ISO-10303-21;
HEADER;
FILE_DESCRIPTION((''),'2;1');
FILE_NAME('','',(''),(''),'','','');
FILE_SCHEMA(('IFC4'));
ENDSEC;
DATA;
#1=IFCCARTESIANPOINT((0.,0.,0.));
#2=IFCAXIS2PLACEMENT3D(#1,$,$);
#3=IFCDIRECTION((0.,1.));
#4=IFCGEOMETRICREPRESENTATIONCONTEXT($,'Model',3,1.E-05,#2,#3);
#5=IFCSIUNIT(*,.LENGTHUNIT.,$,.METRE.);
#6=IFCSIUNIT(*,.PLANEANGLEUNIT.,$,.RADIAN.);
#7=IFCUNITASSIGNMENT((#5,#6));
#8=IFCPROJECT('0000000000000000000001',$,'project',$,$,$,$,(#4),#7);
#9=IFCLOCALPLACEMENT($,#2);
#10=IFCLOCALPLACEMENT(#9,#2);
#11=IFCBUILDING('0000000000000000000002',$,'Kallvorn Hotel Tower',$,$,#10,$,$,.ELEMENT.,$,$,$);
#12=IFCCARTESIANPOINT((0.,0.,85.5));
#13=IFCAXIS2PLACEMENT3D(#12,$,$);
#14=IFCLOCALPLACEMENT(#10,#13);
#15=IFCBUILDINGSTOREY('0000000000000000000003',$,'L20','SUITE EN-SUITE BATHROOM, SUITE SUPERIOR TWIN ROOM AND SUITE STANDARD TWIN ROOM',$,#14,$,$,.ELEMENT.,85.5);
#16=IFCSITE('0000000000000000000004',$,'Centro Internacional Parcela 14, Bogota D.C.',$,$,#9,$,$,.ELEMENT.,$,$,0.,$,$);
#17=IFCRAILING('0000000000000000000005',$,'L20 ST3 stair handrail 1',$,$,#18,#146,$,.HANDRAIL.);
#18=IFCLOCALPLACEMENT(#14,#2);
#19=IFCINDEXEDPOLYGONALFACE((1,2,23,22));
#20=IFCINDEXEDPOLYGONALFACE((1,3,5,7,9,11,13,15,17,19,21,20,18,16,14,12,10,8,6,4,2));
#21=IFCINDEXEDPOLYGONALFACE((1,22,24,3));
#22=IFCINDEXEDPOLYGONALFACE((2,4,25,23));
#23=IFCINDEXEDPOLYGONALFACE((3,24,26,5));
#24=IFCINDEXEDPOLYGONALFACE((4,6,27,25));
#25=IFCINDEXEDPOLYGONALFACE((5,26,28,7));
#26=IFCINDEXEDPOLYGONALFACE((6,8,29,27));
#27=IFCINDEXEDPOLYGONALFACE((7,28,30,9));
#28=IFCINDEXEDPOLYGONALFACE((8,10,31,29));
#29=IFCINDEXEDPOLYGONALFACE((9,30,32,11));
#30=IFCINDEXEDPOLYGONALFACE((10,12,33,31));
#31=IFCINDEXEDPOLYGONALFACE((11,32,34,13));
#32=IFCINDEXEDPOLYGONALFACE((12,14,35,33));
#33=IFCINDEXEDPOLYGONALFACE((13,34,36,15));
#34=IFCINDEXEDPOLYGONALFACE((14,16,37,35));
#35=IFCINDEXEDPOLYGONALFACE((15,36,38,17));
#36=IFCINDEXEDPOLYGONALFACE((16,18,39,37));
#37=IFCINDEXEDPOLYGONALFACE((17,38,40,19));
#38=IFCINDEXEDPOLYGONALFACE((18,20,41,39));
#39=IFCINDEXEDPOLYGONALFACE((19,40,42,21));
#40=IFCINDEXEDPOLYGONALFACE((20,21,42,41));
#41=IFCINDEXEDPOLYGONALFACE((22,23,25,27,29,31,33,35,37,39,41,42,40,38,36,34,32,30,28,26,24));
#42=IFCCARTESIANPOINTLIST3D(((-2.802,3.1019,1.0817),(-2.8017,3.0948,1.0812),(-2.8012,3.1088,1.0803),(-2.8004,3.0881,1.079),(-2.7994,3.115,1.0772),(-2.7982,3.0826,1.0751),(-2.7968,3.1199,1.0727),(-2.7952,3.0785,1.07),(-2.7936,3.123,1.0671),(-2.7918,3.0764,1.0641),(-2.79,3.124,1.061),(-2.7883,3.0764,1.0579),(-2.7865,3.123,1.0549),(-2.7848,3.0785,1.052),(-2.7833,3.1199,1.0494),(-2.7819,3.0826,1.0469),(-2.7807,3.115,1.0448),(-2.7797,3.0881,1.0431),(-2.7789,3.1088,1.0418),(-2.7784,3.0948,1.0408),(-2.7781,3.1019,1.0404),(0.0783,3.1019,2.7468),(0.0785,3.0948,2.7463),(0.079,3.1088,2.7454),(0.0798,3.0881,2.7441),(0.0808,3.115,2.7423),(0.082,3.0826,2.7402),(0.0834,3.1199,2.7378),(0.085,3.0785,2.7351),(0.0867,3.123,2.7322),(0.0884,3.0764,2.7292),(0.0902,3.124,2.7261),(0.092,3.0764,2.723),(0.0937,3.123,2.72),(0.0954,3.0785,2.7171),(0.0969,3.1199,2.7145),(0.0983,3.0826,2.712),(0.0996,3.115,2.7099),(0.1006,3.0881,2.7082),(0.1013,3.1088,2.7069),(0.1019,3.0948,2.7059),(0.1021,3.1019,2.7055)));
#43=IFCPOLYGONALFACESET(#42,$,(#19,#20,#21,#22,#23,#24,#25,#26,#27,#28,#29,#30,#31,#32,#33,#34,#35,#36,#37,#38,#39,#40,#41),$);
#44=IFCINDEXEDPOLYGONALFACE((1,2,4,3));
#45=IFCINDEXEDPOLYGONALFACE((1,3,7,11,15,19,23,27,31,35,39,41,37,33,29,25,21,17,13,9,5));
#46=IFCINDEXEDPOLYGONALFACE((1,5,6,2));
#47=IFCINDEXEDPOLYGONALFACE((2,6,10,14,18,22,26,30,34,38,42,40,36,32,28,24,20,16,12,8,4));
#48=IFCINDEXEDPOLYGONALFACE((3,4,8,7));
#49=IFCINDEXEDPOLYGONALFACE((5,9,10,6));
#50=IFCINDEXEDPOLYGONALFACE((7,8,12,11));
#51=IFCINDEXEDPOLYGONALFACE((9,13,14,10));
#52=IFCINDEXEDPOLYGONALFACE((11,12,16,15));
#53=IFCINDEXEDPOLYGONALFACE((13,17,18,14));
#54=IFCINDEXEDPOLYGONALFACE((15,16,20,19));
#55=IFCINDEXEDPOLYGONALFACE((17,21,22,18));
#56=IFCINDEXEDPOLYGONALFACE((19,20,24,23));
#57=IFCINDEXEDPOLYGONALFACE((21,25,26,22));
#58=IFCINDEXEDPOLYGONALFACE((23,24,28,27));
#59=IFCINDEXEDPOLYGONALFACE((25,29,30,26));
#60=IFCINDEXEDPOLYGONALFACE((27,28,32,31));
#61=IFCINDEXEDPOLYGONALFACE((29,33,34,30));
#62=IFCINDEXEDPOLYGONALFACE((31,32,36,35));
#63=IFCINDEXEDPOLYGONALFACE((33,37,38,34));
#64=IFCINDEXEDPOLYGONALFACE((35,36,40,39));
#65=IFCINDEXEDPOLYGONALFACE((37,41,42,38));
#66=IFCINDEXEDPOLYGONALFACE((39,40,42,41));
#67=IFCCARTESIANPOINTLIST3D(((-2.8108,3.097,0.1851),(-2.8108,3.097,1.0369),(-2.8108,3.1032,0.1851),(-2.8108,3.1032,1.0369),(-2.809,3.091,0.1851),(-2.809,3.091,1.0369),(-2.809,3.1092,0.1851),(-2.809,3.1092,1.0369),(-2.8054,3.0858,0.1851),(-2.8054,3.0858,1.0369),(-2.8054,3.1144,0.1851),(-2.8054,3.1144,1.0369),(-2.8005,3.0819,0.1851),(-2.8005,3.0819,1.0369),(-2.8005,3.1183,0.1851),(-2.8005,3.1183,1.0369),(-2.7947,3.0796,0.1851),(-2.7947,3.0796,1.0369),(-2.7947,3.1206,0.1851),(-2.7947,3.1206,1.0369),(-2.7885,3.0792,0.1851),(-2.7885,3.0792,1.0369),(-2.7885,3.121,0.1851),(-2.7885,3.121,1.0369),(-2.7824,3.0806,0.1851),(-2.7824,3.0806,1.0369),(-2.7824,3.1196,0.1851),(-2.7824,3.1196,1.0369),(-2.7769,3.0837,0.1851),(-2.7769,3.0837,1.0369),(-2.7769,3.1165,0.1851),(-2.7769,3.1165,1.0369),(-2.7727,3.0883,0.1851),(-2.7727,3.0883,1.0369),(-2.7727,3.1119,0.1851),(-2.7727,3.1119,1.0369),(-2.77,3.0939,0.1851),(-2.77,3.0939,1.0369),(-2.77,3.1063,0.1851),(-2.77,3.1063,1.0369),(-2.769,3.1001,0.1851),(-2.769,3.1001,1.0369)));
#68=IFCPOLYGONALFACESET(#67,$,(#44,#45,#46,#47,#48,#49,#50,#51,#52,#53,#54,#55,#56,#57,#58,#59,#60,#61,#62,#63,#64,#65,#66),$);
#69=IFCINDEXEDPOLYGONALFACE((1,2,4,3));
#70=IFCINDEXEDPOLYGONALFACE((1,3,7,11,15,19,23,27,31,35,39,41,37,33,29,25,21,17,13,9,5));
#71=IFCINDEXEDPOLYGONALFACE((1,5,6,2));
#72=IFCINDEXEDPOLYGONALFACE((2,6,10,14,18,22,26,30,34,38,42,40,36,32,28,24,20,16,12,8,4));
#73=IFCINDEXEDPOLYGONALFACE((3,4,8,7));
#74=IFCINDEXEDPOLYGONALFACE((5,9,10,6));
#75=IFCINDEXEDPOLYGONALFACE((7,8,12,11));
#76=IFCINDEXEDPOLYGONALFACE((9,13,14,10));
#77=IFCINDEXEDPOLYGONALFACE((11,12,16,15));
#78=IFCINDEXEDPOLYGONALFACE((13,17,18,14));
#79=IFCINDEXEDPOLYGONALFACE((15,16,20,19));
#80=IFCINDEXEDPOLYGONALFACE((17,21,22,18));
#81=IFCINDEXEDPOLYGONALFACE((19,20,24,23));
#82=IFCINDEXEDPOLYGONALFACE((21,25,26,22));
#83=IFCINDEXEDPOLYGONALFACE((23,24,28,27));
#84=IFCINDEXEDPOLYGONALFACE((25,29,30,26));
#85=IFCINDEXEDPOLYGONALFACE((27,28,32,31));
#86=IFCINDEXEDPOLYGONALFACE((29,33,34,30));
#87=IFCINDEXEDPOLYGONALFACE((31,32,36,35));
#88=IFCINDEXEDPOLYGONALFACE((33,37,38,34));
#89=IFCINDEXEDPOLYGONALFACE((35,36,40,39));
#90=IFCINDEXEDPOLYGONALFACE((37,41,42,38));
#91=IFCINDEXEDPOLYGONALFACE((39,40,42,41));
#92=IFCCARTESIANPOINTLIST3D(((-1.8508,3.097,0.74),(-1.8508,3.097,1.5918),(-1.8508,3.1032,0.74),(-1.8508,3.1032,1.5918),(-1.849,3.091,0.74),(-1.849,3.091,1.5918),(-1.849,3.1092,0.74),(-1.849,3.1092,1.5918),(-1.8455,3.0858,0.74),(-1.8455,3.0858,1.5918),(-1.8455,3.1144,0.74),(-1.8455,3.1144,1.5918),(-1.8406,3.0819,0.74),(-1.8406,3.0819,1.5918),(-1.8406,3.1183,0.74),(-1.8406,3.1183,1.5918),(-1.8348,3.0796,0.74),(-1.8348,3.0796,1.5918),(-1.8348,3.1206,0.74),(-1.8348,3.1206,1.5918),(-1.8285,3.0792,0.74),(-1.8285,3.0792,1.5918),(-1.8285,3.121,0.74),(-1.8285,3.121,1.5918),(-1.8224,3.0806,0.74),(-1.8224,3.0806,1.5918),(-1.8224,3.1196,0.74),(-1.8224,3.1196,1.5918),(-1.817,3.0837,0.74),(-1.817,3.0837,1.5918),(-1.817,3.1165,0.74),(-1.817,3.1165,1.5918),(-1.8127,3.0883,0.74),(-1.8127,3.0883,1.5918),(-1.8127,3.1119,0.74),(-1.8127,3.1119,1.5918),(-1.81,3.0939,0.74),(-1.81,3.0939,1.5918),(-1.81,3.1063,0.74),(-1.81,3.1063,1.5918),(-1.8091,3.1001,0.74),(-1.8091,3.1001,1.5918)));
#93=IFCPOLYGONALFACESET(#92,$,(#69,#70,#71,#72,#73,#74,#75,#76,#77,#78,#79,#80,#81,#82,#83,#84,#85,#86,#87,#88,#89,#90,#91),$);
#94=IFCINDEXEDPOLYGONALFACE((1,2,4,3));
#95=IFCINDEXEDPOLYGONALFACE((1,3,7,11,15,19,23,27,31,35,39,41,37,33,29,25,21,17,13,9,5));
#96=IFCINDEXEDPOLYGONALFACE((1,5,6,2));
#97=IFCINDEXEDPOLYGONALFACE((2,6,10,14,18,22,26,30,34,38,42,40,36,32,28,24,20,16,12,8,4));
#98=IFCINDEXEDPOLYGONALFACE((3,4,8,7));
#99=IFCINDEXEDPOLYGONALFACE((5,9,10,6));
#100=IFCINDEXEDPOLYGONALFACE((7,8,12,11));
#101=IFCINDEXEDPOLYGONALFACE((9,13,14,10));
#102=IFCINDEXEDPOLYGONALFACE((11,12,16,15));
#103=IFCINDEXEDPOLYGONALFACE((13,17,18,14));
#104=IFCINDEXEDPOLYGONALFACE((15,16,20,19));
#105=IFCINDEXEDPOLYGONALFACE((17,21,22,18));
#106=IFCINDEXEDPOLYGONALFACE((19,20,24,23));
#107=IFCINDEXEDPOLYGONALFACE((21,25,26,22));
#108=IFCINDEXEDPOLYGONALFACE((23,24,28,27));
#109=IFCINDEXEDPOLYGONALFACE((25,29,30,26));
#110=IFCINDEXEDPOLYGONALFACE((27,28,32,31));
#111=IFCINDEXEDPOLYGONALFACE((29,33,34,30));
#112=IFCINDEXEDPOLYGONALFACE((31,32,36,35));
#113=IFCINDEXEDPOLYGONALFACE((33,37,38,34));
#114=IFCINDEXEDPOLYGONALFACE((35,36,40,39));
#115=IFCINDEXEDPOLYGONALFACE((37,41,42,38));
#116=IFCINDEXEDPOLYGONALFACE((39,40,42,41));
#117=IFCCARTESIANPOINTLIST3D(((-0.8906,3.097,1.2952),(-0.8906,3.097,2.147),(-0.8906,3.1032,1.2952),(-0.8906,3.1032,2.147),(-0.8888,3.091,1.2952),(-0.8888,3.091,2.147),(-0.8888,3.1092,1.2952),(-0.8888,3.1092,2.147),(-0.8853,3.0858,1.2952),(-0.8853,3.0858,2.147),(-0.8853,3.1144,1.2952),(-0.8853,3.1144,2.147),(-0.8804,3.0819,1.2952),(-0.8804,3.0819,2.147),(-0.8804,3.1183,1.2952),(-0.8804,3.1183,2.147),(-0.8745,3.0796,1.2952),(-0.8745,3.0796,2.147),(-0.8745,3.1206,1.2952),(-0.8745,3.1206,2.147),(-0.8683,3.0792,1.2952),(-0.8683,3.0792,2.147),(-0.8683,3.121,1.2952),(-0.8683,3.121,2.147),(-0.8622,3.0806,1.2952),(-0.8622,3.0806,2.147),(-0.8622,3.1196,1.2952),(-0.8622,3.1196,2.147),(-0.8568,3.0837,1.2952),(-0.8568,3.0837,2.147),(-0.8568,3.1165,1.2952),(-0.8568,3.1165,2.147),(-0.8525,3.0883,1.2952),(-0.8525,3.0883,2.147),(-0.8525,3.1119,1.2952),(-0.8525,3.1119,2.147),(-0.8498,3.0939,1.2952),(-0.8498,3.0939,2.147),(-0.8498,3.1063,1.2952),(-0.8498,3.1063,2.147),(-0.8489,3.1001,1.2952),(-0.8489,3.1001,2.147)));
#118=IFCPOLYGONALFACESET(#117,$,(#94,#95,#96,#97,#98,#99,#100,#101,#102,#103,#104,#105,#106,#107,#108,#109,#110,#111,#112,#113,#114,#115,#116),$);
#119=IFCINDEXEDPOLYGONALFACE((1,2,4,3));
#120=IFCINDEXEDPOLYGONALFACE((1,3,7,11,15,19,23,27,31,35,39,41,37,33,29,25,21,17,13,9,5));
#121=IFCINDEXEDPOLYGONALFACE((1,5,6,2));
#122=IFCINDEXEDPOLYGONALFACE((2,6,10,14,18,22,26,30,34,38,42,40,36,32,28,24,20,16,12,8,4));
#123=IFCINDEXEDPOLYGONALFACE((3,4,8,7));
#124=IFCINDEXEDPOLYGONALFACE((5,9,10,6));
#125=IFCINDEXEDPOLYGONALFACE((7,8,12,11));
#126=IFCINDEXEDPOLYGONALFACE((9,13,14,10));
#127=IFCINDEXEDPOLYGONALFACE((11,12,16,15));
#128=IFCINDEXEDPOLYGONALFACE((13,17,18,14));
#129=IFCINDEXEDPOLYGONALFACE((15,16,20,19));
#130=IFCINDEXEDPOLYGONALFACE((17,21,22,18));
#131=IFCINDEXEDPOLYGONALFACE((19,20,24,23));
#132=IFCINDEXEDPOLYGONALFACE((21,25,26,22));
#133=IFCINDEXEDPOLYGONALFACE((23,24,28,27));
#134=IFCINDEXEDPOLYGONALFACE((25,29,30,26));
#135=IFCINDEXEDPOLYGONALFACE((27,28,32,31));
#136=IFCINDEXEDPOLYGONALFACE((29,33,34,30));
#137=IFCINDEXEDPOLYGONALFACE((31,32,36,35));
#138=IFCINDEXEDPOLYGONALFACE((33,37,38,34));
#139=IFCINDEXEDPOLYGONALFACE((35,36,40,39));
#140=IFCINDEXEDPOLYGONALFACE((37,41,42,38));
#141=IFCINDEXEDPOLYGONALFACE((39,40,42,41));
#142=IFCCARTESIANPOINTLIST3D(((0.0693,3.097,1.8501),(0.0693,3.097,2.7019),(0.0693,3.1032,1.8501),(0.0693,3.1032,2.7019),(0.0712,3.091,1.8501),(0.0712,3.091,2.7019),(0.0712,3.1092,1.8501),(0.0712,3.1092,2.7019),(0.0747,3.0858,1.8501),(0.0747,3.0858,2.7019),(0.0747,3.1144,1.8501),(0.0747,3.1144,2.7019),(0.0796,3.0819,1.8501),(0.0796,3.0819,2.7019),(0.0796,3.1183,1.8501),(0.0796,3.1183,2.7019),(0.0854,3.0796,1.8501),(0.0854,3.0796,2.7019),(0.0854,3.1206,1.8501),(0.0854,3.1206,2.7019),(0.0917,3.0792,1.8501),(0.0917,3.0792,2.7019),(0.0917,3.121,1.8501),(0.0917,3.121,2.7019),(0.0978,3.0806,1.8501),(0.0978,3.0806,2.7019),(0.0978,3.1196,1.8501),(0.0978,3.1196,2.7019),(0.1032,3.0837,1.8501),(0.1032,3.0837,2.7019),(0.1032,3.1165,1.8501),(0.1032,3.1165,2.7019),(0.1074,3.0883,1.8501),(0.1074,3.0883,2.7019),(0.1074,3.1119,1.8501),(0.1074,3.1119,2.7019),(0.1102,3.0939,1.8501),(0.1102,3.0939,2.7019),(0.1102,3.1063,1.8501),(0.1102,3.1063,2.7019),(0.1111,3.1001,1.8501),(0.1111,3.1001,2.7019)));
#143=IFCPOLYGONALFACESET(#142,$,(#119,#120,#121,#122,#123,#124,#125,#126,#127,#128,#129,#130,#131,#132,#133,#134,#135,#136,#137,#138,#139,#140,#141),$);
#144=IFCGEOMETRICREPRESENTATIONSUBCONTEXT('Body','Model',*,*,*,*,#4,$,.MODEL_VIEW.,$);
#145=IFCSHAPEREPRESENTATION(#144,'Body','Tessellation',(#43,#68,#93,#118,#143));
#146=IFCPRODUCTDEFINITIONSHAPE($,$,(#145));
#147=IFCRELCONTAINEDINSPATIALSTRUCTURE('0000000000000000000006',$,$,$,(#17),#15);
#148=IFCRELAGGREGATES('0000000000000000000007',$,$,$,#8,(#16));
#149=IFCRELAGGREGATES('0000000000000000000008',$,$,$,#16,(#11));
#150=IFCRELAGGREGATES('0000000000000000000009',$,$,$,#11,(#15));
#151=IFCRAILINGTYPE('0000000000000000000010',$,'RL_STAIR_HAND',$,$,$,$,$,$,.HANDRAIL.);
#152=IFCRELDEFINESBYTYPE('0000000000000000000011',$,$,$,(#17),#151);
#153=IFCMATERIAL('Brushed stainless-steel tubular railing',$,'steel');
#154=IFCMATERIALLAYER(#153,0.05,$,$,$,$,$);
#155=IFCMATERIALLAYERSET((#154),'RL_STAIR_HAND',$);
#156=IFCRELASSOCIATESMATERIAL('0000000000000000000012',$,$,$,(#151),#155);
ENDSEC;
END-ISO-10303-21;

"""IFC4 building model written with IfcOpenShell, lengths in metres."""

from ifc_helpers import new_model, si_unit, direction, frame, origin, origin_2d, place, context, subcontext, project, spatial, circle, extrude, material, layer, layer_set, type_object, element, save


model = new_model("IFC4")

# Units and contexts
model_context = context("Model", 3, precision=1e-05, world=origin(), true_north=direction((0.0, 1.0)))
body_context = subcontext(model_context, "Body", "Model", "MODEL_VIEW")
ifc_project = project(units=[si_unit("LENGTHUNIT", "METRE"), si_unit("PLANEANGLEUNIT", "RADIAN")], contexts=[model_context])

# Site, building, storey
site_placement = place(None, origin())
site = spatial("IfcSite", under=ifc_project, at=site_placement, Name="Centro Internacional Parcela 14, Bogota D.C.", CompositionType="ELEMENT", RefElevation=0.0)
building_placement = place(site_placement, origin())
building = spatial("IfcBuilding", under=site, at=building_placement, Name="Kallvorn Hotel Tower", CompositionType="ELEMENT")
storey_placement = place(building_placement, frame((0.0, 0.0, 85.5)))
storey = spatial("IfcBuildingStorey", under=building, at=storey_placement, Name="L20", Description="SUITE EN-SUITE BATHROOM, SUITE SUPERIOR TWIN ROOM AND SUITE STANDARD TWIN ROOM", CompositionType="ELEMENT", Elevation=85.5)

# Railing
ifc_material_1 = material(Name="Brushed stainless-steel tubular railing", Category="steel")
ifc_layer_1 = layer(ifc_material_1, 0.05)
ifc_layer_set_1 = layer_set([ifc_layer_1], Name="RL_STAIR_HAND")
railing_type_1 = type_object("IfcRailingType", Name="RL_STAIR_HAND", PredefinedType="HANDRAIL", material=ifc_layer_set_1)
railing_1_placement = place(storey_placement, frame((-2.79, 3.1001, 0.1851)))
element("IfcRailing", 1, at=railing_1_placement, inside=storey, type_object=railing_type_1, Name="L20 ST3 stair handrail 1", PredefinedType="HANDRAIL", context=body_context, shape_type="SweptSolid", body=[
    extrude(circle(Radius=0.0239, at=origin_2d()), frame((0.0, 0.0, 0.876), z_axis=(0.865739, 0.0, 0.500495), x_axis=(0.0, 1.0, 0.0)), (0.0, 0.0, 1.0), 3.3269),
    extrude(circle(Radius=0.021, at=origin_2d()), origin(), (0.0, 0.0, 1.0), 0.8518),
    extrude(circle(Radius=0.021, at=origin_2d()), frame((0.96, 0.0, 0.5549)), (0.0, 0.0, 1.0), 0.8518),
    extrude(circle(Radius=0.021, at=origin_2d()), frame((1.9202, 0.0, 1.1101)), (0.0, 0.0, 1.0), 0.8518),
    extrude(circle(Radius=0.021, at=origin_2d()), frame((2.8801, 0.0, 1.665)), (0.0, 0.0, 1.0), 0.8518),
])

save(model, "model.ifc")
